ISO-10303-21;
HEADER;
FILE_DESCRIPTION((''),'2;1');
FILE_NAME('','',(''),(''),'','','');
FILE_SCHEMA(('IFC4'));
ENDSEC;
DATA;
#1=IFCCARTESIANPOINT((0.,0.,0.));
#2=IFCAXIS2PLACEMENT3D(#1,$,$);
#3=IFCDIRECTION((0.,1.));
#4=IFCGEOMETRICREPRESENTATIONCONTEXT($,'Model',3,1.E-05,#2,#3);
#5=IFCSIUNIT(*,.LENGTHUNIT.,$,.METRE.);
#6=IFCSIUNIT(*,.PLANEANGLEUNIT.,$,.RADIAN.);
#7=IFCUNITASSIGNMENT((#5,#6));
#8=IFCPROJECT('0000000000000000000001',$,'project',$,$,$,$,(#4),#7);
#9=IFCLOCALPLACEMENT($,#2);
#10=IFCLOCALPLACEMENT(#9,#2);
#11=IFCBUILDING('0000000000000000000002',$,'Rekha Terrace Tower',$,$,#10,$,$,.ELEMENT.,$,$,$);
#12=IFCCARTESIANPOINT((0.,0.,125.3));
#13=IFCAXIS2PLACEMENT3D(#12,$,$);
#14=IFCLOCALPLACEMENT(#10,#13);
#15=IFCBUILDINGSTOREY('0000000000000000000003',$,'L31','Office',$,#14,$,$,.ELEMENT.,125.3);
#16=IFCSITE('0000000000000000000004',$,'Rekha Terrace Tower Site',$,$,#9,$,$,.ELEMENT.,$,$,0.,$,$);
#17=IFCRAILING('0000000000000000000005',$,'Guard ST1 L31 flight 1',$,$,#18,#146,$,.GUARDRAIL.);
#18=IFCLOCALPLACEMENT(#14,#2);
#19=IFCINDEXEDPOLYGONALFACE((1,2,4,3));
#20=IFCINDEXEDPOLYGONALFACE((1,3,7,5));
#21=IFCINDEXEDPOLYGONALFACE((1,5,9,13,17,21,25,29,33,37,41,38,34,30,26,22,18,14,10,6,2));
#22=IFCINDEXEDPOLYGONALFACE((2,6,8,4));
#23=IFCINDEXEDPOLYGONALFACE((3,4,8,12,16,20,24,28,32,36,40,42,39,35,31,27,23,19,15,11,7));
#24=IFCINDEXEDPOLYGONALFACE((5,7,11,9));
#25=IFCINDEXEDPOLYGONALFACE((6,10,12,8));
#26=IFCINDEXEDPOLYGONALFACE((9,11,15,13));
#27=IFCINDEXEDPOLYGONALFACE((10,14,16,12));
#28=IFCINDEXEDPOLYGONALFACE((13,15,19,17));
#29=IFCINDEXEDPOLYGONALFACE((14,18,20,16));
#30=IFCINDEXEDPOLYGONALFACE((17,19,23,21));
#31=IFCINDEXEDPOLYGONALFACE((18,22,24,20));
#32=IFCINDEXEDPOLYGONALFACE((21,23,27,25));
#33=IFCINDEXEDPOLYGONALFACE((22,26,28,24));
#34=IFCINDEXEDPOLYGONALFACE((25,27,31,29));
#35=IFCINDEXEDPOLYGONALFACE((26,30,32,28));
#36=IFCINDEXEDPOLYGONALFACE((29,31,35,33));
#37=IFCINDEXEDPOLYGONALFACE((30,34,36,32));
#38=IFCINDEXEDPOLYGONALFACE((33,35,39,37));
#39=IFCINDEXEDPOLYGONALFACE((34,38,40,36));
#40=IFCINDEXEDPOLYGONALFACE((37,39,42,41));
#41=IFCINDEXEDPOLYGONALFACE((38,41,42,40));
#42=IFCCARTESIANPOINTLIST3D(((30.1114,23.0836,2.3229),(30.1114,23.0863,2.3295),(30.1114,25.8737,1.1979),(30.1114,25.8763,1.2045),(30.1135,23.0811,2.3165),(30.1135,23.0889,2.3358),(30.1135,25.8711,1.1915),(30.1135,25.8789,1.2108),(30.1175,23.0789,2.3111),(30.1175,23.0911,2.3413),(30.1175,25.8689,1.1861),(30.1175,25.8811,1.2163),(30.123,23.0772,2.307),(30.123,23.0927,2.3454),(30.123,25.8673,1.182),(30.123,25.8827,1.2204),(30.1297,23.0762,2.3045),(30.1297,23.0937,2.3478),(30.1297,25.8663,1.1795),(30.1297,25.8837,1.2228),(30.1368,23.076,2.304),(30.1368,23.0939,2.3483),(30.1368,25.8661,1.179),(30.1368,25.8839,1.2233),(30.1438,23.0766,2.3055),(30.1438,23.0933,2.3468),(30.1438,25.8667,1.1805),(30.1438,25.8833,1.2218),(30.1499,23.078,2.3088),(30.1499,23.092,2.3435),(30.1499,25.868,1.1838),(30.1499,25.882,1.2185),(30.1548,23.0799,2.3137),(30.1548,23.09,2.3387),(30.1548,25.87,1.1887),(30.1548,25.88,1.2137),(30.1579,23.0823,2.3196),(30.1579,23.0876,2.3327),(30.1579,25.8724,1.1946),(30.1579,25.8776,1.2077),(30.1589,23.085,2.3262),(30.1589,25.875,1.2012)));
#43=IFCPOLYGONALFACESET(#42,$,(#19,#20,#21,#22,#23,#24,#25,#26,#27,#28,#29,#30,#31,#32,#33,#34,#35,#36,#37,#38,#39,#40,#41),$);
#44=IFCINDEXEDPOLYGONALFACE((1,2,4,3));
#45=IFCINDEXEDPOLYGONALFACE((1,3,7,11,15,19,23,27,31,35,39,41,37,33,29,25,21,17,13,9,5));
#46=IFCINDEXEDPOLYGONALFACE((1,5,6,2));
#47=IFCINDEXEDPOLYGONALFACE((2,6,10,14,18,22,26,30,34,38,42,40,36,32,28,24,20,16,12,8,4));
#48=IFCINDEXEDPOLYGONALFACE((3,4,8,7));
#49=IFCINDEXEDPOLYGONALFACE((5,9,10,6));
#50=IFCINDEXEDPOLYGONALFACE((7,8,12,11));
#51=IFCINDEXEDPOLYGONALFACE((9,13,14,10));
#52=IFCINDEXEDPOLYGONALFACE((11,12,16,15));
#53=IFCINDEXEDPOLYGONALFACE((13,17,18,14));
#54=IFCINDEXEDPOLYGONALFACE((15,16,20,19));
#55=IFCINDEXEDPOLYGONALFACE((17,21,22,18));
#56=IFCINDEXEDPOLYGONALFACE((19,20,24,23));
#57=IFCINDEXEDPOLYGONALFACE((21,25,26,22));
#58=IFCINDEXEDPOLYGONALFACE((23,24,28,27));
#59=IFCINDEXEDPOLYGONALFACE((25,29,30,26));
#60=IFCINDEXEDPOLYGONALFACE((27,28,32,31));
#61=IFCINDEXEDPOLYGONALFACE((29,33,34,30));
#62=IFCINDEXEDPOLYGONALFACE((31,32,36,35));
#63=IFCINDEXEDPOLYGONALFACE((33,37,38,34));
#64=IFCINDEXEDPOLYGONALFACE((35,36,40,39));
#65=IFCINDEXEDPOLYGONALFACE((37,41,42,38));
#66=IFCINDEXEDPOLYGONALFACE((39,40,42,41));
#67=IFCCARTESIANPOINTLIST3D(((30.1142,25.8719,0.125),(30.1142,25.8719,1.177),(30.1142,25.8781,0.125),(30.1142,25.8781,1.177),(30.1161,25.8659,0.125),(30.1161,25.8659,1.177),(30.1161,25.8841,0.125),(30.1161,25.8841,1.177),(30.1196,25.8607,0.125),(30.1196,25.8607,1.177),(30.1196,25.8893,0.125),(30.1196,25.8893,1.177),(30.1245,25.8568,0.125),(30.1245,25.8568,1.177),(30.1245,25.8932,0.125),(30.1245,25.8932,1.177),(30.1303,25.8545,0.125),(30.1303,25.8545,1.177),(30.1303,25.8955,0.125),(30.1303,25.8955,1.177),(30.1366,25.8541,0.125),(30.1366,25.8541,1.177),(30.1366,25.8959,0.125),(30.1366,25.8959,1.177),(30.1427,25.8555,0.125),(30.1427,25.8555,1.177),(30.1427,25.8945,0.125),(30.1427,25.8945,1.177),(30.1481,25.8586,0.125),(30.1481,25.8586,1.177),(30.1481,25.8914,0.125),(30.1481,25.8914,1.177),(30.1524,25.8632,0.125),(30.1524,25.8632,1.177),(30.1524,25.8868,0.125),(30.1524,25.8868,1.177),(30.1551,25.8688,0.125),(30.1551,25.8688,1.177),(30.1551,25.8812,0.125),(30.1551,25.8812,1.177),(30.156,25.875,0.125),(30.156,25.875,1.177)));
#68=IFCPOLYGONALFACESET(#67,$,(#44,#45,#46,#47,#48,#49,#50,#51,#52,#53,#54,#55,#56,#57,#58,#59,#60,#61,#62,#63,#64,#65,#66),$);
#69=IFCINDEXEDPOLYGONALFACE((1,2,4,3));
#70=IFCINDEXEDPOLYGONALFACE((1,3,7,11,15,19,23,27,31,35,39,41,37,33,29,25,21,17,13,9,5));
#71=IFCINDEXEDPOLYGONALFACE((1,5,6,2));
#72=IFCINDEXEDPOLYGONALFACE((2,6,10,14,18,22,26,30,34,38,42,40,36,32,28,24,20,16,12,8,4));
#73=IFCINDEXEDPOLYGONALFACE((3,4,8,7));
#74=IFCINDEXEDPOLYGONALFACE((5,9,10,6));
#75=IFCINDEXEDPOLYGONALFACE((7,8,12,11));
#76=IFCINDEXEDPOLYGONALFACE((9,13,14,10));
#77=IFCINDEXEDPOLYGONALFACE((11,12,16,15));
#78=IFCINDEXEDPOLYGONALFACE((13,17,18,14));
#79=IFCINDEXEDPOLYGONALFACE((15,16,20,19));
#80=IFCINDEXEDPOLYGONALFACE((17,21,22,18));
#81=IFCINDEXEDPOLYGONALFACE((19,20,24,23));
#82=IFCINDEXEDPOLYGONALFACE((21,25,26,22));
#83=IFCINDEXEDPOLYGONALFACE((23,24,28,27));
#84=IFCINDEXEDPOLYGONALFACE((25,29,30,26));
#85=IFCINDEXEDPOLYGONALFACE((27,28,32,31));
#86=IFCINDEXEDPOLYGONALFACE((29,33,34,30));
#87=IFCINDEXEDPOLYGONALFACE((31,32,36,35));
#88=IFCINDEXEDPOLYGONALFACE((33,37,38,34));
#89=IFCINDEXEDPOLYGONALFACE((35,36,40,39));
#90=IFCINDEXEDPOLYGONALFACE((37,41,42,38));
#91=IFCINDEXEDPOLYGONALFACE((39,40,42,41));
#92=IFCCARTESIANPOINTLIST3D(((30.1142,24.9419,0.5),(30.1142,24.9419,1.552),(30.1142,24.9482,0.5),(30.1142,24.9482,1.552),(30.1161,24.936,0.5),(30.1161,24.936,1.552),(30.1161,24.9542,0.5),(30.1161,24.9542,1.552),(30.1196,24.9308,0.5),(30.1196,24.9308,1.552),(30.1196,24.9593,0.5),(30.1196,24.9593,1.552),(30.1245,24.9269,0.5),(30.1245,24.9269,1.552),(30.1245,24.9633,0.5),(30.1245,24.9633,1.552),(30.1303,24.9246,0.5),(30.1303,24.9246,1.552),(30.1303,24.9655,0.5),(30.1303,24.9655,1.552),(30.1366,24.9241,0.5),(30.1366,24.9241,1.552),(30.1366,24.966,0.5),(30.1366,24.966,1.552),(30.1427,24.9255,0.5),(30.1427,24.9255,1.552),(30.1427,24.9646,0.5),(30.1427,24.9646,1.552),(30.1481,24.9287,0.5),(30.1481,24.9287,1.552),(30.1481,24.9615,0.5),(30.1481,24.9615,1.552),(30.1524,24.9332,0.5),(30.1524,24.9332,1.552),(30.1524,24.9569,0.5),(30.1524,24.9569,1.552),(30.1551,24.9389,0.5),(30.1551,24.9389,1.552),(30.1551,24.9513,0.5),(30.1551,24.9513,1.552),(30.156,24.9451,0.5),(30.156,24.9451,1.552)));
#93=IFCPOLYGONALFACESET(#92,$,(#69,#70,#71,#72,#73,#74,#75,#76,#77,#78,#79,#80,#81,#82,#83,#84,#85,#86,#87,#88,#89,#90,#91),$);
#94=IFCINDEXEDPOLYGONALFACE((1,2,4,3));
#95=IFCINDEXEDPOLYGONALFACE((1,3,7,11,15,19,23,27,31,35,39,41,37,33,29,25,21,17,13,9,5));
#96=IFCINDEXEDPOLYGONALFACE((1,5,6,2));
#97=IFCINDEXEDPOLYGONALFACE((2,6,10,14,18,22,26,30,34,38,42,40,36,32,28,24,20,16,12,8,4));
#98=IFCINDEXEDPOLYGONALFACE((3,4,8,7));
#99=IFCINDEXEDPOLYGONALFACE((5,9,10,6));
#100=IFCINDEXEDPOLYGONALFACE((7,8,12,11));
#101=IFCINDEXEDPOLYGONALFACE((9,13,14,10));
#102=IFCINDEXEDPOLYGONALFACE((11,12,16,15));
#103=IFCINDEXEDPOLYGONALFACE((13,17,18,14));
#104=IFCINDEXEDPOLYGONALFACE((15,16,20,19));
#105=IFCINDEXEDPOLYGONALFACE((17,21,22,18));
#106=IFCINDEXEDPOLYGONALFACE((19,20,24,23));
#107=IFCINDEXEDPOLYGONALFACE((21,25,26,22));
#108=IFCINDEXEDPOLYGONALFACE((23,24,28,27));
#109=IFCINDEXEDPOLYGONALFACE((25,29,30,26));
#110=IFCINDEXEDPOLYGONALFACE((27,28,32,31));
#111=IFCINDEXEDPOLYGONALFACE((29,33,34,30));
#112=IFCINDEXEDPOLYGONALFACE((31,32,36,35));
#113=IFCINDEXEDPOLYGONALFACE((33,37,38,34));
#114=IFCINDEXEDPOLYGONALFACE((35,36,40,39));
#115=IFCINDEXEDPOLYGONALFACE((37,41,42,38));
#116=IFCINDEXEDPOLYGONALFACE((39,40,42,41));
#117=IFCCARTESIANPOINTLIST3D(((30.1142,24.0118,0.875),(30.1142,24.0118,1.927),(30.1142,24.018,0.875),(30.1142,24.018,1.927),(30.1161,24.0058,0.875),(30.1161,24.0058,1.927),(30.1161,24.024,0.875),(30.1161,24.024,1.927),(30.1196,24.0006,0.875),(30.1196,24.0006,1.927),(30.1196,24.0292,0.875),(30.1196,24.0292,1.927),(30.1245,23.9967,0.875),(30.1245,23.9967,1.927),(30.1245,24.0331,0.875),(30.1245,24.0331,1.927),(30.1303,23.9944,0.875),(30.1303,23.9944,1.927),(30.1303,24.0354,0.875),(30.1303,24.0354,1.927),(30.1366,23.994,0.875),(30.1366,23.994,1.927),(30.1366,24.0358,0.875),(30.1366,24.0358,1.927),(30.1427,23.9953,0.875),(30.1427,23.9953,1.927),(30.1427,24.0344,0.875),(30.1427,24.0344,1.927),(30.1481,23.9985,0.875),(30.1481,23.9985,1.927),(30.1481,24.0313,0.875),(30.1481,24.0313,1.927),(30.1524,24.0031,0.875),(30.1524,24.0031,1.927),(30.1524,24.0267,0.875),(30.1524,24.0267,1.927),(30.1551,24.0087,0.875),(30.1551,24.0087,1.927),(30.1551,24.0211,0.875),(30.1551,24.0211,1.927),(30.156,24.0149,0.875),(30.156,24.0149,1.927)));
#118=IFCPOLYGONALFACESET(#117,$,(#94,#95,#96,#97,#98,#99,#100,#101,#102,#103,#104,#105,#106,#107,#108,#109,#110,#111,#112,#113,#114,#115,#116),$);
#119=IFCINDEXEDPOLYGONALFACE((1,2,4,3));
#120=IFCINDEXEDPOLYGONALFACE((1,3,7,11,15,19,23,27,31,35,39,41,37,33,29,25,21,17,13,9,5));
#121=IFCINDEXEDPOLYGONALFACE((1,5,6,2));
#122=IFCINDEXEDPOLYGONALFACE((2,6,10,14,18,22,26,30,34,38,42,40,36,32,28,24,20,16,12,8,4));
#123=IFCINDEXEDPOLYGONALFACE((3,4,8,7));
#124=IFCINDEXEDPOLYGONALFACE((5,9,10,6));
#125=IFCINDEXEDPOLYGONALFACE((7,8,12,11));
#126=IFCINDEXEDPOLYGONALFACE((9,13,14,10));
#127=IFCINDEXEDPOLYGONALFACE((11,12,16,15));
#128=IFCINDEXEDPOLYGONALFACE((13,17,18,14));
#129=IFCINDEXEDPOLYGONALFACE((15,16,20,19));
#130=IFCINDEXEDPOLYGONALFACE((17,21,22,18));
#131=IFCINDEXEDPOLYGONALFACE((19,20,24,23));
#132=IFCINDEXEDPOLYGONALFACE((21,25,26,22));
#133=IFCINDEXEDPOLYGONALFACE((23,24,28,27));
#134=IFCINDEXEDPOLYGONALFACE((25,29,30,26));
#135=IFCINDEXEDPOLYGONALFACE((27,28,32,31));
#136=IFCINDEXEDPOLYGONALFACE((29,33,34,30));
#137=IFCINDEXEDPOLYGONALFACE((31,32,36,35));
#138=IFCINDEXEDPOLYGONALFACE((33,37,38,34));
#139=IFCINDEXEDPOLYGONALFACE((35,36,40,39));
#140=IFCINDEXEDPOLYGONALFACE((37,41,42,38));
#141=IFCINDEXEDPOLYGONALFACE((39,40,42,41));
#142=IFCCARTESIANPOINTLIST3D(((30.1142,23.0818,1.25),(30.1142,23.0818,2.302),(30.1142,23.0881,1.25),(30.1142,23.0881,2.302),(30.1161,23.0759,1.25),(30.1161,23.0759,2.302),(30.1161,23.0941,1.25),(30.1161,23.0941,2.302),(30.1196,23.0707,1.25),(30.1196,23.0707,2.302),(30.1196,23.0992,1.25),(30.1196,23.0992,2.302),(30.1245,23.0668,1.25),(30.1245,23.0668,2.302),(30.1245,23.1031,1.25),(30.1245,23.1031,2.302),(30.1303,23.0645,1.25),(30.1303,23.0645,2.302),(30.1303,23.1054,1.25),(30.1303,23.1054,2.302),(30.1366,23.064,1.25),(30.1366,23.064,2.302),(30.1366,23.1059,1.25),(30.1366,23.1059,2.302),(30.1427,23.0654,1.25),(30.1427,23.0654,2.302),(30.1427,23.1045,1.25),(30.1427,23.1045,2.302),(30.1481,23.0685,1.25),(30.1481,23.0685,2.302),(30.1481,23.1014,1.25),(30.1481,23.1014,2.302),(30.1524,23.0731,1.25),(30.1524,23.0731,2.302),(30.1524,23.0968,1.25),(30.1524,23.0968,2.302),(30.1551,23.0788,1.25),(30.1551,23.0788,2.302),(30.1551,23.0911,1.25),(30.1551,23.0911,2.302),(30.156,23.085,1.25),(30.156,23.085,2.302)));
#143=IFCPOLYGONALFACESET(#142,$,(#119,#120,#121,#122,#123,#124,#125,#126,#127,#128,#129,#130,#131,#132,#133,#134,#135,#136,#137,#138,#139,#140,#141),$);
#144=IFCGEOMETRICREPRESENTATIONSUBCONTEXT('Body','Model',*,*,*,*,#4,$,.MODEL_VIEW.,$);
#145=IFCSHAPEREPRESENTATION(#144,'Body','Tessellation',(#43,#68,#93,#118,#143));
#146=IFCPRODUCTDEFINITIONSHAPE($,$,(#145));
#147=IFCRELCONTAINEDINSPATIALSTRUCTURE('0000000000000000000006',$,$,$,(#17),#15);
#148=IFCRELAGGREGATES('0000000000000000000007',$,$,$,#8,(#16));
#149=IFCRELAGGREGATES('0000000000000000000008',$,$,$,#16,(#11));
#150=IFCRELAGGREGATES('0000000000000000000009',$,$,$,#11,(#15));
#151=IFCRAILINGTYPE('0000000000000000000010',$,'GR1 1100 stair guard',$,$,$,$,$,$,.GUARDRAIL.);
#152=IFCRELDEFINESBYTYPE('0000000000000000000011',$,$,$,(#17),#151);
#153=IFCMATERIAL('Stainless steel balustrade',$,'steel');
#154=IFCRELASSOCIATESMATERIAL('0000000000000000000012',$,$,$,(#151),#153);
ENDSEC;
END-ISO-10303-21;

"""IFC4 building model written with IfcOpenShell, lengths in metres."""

from ifc_helpers import new_model, si_unit, direction, frame, origin, origin_2d, place, context, subcontext, project, spatial, circle, extrude, material, type_object, element, save


model = new_model("IFC4")

# Units and contexts
model_context = context("Model", 3, precision=1e-05, world=origin(), true_north=direction((0.0, 1.0)))
body_context = subcontext(model_context, "Body", "Model", "MODEL_VIEW")
ifc_project = project(units=[si_unit("LENGTHUNIT", "METRE"), si_unit("PLANEANGLEUNIT", "RADIAN")], contexts=[model_context])

# Site, building, storey
site_placement = place(None, origin())
site = spatial("IfcSite", under=ifc_project, at=site_placement, Name="Rekha Terrace Tower Site", CompositionType="ELEMENT", RefElevation=0.0)
building_placement = place(site_placement, origin())
building = spatial("IfcBuilding", under=site, at=building_placement, Name="Rekha Terrace Tower", CompositionType="ELEMENT")
storey_placement = place(building_placement, frame((0.0, 0.0, 125.3)))
storey = spatial("IfcBuildingStorey", under=building, at=storey_placement, Name="L31", Description="Office", CompositionType="ELEMENT", Elevation=125.3)

# Railing
ifc_material_1 = material(Name="Stainless steel balustrade", Category="steel")
railing_type_1 = type_object("IfcRailingType", Name="GR1 1100 stair guard", PredefinedType="GUARDRAIL", material=ifc_material_1)
railing_1_placement = place(storey_placement, frame((30.135, 25.875, 0.125)))
element("IfcRailing", 1, at=railing_1_placement, inside=storey, type_object=railing_type_1, Name="Guard ST1 L31 flight 1", PredefinedType="GUARDRAIL", context=body_context, shape_type="SweptSolid", body=[
    extrude(circle(Radius=0.0239, at=origin_2d()), frame((0.0, 0.0, 1.0762), z_axis=(0.0, -0.927443, 0.373964), x_axis=(1.0, 0.0, 0.0)), (0.0, 0.0, 1.0), 3.0083),
    extrude(circle(Radius=0.021, at=origin_2d()), origin(), (0.0, 0.0, 1.0), 1.052),
    extrude(circle(Radius=0.021, at=origin_2d()), frame((0.0, -0.9299, 0.375)), (0.0, 0.0, 1.0), 1.052),
    extrude(circle(Radius=0.021, at=origin_2d()), frame((0.0, -1.8601, 0.75)), (0.0, 0.0, 1.0), 1.052),
    extrude(circle(Radius=0.021, at=origin_2d()), frame((0.0, -2.79, 1.125)), (0.0, 0.0, 1.0), 1.052),
])

save(model, "model.ifc")
